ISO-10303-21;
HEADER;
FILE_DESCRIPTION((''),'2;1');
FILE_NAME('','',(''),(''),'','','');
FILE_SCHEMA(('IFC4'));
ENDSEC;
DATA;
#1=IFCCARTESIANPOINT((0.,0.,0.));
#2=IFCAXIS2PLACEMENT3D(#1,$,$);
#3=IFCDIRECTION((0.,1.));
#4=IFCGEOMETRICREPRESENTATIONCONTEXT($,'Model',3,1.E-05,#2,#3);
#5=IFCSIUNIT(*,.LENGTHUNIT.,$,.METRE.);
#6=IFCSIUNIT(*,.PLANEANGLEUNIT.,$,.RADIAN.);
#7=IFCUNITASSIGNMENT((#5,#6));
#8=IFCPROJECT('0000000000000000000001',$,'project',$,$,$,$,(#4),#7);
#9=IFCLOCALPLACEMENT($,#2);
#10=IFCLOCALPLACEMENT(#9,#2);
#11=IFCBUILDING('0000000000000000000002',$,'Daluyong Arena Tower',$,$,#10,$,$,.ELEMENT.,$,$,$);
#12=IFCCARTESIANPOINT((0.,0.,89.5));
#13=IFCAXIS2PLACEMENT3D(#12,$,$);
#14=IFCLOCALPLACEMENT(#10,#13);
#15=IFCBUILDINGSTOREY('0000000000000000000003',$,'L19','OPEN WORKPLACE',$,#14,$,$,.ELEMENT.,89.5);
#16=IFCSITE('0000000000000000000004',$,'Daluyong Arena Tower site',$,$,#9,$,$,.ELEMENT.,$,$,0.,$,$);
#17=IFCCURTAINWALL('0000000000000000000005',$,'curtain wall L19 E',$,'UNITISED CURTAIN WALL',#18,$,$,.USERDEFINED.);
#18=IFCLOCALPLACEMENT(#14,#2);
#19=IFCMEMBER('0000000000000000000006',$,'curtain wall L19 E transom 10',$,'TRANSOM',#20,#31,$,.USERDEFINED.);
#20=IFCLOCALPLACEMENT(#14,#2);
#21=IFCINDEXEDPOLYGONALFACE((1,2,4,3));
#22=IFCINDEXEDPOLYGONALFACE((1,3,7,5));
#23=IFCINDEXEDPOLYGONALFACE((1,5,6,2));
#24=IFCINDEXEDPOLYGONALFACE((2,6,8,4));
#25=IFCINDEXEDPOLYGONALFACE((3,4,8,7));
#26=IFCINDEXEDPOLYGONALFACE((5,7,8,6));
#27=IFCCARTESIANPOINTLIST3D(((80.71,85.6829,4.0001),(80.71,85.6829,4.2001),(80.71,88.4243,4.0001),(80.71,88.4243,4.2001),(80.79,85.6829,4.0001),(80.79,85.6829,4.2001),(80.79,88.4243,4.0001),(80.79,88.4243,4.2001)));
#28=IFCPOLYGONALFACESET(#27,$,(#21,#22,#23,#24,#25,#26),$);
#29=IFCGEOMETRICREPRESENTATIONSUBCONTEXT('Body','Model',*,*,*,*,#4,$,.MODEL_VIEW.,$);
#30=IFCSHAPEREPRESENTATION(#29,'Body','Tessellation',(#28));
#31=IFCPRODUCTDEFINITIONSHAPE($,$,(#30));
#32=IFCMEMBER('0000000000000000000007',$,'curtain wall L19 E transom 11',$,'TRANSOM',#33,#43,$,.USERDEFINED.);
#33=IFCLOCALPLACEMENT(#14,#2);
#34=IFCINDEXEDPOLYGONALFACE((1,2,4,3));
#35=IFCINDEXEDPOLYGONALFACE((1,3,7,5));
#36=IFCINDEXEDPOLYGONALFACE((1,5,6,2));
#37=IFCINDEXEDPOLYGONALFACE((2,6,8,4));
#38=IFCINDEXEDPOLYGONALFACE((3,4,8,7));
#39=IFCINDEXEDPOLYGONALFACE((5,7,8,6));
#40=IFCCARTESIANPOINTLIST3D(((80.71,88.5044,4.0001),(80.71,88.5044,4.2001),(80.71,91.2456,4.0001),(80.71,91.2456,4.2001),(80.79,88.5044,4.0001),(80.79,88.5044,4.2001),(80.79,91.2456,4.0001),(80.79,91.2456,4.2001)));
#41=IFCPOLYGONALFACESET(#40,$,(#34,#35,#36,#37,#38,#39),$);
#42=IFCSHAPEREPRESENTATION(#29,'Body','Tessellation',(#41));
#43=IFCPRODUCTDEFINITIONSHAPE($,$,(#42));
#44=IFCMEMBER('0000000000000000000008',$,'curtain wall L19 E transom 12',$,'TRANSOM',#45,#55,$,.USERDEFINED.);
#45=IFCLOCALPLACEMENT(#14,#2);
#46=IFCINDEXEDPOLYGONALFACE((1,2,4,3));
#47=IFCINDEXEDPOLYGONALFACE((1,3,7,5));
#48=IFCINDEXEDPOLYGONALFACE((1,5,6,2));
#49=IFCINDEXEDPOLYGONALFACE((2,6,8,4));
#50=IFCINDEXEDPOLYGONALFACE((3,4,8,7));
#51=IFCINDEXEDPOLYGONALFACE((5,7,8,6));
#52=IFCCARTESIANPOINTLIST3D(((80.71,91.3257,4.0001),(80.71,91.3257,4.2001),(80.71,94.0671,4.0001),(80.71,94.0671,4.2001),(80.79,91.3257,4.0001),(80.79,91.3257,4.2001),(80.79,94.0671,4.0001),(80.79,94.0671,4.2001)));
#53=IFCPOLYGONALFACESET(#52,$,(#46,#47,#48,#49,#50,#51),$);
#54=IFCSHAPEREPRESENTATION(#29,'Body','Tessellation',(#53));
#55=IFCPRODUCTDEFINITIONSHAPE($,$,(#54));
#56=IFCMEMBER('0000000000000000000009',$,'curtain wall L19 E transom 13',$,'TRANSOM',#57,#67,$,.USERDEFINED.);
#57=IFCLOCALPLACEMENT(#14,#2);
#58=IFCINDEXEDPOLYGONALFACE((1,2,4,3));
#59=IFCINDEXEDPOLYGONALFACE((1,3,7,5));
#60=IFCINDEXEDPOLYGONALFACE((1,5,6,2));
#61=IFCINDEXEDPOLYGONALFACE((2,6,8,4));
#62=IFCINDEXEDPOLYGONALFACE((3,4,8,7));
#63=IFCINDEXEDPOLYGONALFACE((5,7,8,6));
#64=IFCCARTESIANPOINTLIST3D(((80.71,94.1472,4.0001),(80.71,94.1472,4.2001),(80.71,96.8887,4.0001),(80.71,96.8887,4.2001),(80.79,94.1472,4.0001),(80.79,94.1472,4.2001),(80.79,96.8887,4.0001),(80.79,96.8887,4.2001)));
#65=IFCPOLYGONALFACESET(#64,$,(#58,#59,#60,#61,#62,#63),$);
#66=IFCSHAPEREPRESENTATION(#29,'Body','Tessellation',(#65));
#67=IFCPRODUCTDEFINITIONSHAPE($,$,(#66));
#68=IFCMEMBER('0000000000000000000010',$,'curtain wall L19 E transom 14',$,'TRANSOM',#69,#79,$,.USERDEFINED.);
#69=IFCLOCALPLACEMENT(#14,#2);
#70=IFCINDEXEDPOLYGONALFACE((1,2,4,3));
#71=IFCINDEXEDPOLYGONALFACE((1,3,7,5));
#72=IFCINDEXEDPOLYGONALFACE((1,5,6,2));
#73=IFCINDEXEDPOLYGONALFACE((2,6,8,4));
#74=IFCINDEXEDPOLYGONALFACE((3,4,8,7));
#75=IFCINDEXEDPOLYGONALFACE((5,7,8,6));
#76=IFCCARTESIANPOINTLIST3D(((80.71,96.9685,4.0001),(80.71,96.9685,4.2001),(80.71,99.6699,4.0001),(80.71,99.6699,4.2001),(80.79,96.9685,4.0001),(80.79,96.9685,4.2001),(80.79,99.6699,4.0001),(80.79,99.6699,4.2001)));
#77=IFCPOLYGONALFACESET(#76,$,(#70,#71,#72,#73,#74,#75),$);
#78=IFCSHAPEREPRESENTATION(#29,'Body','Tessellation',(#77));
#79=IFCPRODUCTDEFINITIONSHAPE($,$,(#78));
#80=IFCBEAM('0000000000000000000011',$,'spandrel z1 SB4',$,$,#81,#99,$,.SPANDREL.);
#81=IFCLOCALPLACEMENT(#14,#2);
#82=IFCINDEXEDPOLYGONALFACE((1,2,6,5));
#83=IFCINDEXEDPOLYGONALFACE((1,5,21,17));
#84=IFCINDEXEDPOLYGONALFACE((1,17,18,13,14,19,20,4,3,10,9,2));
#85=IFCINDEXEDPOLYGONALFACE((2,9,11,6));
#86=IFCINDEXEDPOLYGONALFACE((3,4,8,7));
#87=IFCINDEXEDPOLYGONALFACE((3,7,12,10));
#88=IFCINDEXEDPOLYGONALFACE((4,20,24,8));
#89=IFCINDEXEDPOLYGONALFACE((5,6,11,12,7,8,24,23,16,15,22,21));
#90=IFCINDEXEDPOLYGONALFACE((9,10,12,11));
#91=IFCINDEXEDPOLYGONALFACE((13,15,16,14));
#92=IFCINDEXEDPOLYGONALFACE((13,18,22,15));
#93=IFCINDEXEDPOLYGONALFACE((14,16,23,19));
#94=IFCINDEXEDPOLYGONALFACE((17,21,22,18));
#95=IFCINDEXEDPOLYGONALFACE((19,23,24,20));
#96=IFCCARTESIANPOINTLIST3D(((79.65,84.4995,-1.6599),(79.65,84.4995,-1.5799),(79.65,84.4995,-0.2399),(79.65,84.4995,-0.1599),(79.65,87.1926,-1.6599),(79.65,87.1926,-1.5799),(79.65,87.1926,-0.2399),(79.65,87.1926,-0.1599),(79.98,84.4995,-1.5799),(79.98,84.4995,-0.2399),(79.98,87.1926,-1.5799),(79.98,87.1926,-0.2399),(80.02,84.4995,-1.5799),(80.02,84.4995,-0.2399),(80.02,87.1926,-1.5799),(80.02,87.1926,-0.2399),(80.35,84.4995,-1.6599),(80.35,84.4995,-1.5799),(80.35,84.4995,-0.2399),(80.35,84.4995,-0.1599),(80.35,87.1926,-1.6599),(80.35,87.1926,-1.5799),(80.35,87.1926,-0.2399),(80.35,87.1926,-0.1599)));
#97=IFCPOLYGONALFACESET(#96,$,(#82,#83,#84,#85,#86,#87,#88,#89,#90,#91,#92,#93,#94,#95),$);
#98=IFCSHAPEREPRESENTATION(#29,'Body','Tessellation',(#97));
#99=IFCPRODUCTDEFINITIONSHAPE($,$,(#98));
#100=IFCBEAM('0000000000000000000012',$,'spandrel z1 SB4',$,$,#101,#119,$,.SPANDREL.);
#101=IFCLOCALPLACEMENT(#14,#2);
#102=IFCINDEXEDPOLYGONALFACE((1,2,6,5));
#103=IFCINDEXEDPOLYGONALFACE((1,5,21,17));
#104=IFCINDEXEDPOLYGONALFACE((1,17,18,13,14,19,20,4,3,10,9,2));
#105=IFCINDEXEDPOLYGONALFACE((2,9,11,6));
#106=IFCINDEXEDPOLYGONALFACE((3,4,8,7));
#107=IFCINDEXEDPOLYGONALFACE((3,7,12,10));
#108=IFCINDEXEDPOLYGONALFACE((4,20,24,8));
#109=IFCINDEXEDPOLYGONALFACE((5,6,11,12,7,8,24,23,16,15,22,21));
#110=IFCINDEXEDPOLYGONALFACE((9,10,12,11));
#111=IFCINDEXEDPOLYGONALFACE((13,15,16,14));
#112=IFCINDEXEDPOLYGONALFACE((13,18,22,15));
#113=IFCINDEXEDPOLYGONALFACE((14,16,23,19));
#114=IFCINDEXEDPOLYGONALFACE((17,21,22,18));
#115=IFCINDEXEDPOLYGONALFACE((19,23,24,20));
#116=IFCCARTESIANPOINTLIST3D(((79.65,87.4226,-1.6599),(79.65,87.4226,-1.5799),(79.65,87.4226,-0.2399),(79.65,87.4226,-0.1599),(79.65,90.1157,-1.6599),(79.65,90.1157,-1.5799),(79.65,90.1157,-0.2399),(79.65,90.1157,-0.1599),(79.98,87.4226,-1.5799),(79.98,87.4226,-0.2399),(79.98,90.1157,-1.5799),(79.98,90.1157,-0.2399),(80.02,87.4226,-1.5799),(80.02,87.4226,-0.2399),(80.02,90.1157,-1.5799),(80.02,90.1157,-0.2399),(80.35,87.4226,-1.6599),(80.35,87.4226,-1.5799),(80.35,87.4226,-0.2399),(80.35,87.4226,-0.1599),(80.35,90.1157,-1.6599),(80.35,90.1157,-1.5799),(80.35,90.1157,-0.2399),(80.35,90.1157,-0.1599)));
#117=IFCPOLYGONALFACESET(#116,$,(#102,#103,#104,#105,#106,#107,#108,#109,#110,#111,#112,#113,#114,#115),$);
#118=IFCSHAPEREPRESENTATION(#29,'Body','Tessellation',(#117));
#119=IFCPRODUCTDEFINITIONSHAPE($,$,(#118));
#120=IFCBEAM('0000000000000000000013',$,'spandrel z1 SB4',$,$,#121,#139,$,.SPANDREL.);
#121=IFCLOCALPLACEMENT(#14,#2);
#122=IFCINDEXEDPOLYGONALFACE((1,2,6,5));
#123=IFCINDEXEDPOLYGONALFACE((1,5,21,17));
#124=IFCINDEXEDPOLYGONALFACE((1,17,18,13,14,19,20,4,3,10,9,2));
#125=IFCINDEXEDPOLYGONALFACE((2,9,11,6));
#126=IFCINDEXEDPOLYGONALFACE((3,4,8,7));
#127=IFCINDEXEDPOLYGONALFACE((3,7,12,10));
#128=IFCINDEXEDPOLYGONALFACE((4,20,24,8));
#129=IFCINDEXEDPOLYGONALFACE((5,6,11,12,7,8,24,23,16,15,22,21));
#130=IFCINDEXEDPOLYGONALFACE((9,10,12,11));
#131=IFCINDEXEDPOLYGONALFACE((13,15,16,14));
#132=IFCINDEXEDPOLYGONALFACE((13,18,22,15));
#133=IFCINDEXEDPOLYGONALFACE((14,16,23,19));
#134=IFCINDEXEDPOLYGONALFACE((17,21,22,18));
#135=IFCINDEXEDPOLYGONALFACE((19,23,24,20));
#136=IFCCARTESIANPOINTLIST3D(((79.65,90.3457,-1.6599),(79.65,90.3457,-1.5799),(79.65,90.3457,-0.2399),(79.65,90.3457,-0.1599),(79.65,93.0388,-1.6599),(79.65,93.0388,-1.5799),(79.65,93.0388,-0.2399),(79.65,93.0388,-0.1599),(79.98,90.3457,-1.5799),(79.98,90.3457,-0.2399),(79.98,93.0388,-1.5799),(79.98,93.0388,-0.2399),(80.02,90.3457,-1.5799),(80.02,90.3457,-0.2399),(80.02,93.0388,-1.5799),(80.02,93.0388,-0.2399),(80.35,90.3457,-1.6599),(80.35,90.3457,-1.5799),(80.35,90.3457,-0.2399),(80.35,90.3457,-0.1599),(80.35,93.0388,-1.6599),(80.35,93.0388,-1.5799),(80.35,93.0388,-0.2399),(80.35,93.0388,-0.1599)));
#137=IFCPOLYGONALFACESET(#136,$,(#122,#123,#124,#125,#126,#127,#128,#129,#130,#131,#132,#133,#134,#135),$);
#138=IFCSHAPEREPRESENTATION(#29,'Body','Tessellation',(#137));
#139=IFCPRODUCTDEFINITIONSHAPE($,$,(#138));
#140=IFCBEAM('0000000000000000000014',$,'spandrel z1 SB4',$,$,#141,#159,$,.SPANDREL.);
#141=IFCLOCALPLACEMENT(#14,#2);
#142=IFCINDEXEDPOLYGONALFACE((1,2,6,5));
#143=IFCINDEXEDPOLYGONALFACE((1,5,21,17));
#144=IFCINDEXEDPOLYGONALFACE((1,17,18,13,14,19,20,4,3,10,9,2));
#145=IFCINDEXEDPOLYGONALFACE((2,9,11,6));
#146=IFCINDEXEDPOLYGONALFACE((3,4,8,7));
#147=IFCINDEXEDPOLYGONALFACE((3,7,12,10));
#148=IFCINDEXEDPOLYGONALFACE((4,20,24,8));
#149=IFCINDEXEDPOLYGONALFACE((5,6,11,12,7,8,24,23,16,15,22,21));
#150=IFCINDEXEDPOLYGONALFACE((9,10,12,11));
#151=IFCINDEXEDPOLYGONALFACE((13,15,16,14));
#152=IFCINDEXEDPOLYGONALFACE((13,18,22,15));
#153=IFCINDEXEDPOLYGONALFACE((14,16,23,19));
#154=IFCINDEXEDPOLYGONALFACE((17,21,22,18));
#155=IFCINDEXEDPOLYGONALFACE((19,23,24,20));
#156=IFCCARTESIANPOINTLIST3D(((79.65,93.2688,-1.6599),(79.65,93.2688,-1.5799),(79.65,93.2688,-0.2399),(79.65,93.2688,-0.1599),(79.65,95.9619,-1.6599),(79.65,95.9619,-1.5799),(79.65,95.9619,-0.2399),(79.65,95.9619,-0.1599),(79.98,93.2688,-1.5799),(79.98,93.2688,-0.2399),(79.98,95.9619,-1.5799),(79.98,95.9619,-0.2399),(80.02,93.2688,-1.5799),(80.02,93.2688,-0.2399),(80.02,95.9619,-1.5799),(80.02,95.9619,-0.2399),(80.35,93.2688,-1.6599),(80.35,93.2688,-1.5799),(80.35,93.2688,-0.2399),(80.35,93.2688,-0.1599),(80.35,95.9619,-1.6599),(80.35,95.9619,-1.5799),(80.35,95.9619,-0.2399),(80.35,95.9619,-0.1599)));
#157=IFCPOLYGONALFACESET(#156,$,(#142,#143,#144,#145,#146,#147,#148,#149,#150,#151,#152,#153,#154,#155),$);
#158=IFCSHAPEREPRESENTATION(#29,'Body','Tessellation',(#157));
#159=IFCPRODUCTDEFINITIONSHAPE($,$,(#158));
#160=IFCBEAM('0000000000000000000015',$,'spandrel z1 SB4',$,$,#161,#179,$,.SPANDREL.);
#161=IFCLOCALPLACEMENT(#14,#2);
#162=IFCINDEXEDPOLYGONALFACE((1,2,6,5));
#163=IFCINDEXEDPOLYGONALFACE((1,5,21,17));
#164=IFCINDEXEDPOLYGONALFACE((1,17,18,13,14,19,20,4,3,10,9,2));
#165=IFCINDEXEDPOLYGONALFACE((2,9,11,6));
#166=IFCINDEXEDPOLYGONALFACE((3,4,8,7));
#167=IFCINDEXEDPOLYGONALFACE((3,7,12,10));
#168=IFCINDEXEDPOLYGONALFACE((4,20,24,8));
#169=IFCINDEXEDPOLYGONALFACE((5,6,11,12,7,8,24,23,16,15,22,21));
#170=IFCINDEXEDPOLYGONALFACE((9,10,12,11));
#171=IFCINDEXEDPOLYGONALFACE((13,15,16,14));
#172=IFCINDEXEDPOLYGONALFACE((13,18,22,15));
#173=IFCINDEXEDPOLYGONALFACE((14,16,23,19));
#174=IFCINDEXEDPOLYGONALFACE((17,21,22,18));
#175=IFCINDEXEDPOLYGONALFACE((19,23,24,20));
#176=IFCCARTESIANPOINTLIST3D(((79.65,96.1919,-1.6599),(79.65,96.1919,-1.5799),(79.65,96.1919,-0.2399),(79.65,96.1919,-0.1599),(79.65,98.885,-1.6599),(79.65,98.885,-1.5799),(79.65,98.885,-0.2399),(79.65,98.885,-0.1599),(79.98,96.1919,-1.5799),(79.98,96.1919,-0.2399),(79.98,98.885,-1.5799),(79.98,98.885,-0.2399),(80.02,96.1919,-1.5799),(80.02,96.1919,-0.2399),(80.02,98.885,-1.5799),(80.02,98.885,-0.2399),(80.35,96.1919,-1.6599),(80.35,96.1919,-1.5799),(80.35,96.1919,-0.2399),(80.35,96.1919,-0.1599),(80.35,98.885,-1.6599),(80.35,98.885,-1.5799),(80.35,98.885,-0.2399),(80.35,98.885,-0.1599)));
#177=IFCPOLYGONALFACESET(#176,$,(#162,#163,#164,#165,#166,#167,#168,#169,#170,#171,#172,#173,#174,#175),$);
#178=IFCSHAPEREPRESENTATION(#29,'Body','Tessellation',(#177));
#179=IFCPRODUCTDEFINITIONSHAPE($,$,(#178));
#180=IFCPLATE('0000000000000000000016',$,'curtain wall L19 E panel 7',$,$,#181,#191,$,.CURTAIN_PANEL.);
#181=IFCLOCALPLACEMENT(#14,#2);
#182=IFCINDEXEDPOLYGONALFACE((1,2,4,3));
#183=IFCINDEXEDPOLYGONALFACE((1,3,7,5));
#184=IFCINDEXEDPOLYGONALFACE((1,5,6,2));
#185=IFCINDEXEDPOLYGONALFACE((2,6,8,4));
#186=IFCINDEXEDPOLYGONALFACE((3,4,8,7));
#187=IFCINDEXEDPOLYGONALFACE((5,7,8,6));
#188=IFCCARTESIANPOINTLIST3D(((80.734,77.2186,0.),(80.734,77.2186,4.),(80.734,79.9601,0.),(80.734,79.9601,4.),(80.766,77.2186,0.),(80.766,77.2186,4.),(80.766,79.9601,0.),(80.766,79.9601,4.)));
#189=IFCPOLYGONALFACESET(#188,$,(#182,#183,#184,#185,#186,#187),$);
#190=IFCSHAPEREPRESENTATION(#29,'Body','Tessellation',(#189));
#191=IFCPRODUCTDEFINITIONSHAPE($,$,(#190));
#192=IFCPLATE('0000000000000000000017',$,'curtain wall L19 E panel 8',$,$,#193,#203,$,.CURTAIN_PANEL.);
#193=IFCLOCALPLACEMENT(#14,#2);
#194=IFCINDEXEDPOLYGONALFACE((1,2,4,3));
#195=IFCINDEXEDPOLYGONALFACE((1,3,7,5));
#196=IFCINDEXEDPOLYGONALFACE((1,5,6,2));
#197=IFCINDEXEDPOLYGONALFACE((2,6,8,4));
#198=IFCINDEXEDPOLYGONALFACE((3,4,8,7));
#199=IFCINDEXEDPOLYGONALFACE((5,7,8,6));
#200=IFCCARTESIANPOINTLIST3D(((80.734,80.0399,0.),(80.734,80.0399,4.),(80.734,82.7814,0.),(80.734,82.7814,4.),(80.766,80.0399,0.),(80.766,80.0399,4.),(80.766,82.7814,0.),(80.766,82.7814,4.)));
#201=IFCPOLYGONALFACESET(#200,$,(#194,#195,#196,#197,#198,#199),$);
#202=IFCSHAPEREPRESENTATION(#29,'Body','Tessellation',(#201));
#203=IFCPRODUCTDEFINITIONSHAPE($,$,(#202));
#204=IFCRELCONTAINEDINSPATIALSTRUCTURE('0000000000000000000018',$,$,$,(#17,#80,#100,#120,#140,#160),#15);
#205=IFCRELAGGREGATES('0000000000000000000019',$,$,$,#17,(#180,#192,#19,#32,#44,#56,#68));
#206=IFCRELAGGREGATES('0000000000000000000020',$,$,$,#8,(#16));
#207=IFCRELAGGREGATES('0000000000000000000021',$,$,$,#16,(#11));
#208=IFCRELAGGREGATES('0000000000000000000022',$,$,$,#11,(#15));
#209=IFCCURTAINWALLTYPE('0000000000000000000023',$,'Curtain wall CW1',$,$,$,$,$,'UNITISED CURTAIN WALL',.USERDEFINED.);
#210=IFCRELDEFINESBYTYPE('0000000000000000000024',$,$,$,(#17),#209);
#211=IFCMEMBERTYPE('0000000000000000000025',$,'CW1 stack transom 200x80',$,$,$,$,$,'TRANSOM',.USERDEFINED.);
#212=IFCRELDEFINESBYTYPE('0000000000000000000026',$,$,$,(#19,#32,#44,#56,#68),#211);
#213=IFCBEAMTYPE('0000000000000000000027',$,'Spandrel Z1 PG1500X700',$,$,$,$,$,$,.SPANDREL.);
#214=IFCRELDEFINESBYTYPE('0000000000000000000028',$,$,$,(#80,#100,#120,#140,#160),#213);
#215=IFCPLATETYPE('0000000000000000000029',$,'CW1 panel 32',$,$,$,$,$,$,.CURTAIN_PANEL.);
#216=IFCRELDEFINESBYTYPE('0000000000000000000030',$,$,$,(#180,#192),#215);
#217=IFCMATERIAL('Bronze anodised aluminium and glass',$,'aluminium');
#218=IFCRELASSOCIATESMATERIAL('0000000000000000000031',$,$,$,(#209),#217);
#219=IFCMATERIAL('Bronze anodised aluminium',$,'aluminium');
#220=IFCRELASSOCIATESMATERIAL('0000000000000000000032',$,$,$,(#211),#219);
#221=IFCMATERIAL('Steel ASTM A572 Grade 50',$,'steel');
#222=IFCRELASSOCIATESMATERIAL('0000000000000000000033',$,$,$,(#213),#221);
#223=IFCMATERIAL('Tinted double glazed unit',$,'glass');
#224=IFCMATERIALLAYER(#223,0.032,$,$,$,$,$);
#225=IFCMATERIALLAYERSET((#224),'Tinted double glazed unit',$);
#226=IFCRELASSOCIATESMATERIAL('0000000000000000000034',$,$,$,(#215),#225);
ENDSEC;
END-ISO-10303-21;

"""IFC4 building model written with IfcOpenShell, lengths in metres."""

from ifc_helpers import new_model, si_unit, direction, frame, origin, origin_2d, place, context, subcontext, project, spatial, rectangle, i_section, extrude, material, layer, layer_set, material_profile, profile_set, type_object, element, aggregate, save


model = new_model("IFC4")

# Units and contexts
model_context = context("Model", 3, precision=1e-05, world=origin(), true_north=direction((0.0, 1.0)))
body_context = subcontext(model_context, "Body", "Model", "MODEL_VIEW")
ifc_project = project(units=[si_unit("LENGTHUNIT", "METRE"), si_unit("PLANEANGLEUNIT", "RADIAN")], contexts=[model_context])

# Site, building, storey
site_placement = place(None, origin())
site = spatial("IfcSite", under=ifc_project, at=site_placement, Name="Daluyong Arena Tower site", CompositionType="ELEMENT", RefElevation=0.0)
building_placement = place(site_placement, origin())
building = spatial("IfcBuilding", under=site, at=building_placement, Name="Daluyong Arena Tower", CompositionType="ELEMENT")
storey_placement = place(building_placement, frame((0.0, 0.0, 89.5)))
storey = spatial("IfcBuildingStorey", under=building, at=storey_placement, Name="L19", Description="OPEN WORKPLACE", CompositionType="ELEMENT", Elevation=89.5)

# Curtain wall, members
ifc_material_1 = material(Name="Bronze anodised aluminium and glass", Category="aluminium")
curtain_wall_type = type_object("IfcCurtainWallType", Name="Curtain wall CW1", ElementType="UNITISED CURTAIN WALL", PredefinedType="USERDEFINED", material=ifc_material_1)
curtain_wall_placement = place(storey_placement, origin())
curtain_wall = element("IfcCurtainWall", 1, at=curtain_wall_placement, inside=storey, type_object=curtain_wall_type, Name="curtain wall L19 E", ObjectType="UNITISED CURTAIN WALL", PredefinedType="USERDEFINED")
ifc_material_2 = material(Name="Bronze anodised aluminium", Category="aluminium")
ifc_material_profile_1 = material_profile(ifc_material_2, rectangle(XDim=0.0801, YDim=0.2, at=origin_2d()))
ifc_profile_set_1 = profile_set([ifc_material_profile_1], Name="Bronze anodised aluminium")
member_type_1 = type_object("IfcMemberType", Name="CW1 stack transom 200x80", ElementType="TRANSOM", PredefinedType="USERDEFINED", material=ifc_profile_set_1)
member_1_placement = place(storey_placement, frame((80.75, 85.6829, 4.1001), z_axis=(0.0, 1.0, 0.0), x_axis=(-1.0, 0.0, 0.0)))
member_1 = element("IfcMember", 2, at=member_1_placement, type_object=member_type_1, Name="curtain wall L19 E transom 10", ObjectType="TRANSOM", PredefinedType="USERDEFINED", context=body_context, shape_type="SweptSolid", body=[
    extrude(rectangle(XDim=0.0801, YDim=0.2, at=origin_2d()), origin(), (0.0, 0.0, 1.0), 2.7415),
])
member_2_placement = place(storey_placement, frame((80.75, 88.5044, 4.1001), z_axis=(0.0, 1.0, 0.0), x_axis=(-1.0, 0.0, 0.0)))
member_2 = element("IfcMember", 3, at=member_2_placement, type_object=member_type_1, Name="curtain wall L19 E transom 11", ObjectType="TRANSOM", PredefinedType="USERDEFINED", context=body_context, shape_type="SweptSolid", body=[
    extrude(rectangle(XDim=0.0801, YDim=0.2, at=origin_2d()), origin(), (0.0, 0.0, 1.0), 2.7412),
])
member_3_placement = place(storey_placement, frame((80.75, 91.3257, 4.1001), z_axis=(0.0, 1.0, 0.0), x_axis=(-1.0, 0.0, 0.0)))
member_3 = element("IfcMember", 4, at=member_3_placement, type_object=member_type_1, Name="curtain wall L19 E transom 12", ObjectType="TRANSOM", PredefinedType="USERDEFINED", context=body_context, shape_type="SweptSolid", body=[
    extrude(rectangle(XDim=0.0801, YDim=0.2, at=origin_2d()), origin(), (0.0, 0.0, 1.0), 2.7415),
])
member_4_placement = place(storey_placement, frame((80.75, 94.1472, 4.1001), z_axis=(0.0, 1.0, 0.0), x_axis=(-1.0, 0.0, 0.0)))
member_4 = element("IfcMember", 5, at=member_4_placement, type_object=member_type_1, Name="curtain wall L19 E transom 13", ObjectType="TRANSOM", PredefinedType="USERDEFINED", context=body_context, shape_type="SweptSolid", body=[
    extrude(rectangle(XDim=0.0801, YDim=0.2, at=origin_2d()), origin(), (0.0, 0.0, 1.0), 2.7415),
])
member_5_placement = place(storey_placement, frame((80.75, 96.9685, 4.1001), z_axis=(0.0, 1.0, 0.0), x_axis=(-1.0, 0.0, 0.0)))
member_5 = element("IfcMember", 6, at=member_5_placement, type_object=member_type_1, Name="curtain wall L19 E transom 14", ObjectType="TRANSOM", PredefinedType="USERDEFINED", context=body_context, shape_type="SweptSolid", body=[
    extrude(rectangle(XDim=0.0801, YDim=0.2, at=origin_2d()), origin(), (0.0, 0.0, 1.0), 2.7014),
])

# Beams
ifc_material_3 = material(Name="Steel ASTM A572 Grade 50", Category="steel")
ifc_material_profile_2 = material_profile(ifc_material_3, i_section(OverallWidth=0.7, OverallDepth=1.5, WebThickness=0.04, FlangeThickness=0.08, at=origin_2d()))
ifc_profile_set_2 = profile_set([ifc_material_profile_2], Name="Steel ASTM A572 Grade 50")
beam_type = type_object("IfcBeamType", Name="Spandrel Z1 PG1500X700", PredefinedType="SPANDREL", material=ifc_profile_set_2)
for number, where, z_axis, x_axis, name in (
    (7, (80.0, 84.4995, -0.9099), (0.0, 1.0, 0.0), (-1.0, 0.0, 0.0), "spandrel z1 SB4"),
    (8, (80.0, 87.4226, -0.9099), (0.0, 1.0, 0.0), (-1.0, 0.0, 0.0), "spandrel z1 SB4"),
    (9, (80.0, 90.3457, -0.9099), (0.0, 1.0, 0.0), (-1.0, 0.0, 0.0), "spandrel z1 SB4"),
    (10, (80.0, 93.2688, -0.9099), (0.0, 1.0, 0.0), (-1.0, 0.0, 0.0), "spandrel z1 SB4"),
    (11, (80.0, 96.1919, -0.9099), (0.0, 1.0, 0.0), (-1.0, 0.0, 0.0), "spandrel z1 SB4"),
):
    element("IfcBeam", number, at=place(storey_placement, frame(where, z_axis=z_axis, x_axis=x_axis)), inside=storey, type_object=beam_type, Name=name, PredefinedType="SPANDREL", context=body_context, shape_type="SweptSolid", body=[
        extrude(i_section(OverallWidth=0.7, OverallDepth=1.5, WebThickness=0.04, FlangeThickness=0.08, at=origin_2d()), origin(), (0.0, 0.0, 1.0), 2.6931),
    ])

# Plates
ifc_material_4 = material(Name="Tinted double glazed unit", Category="glass")
ifc_layer = layer(ifc_material_4, 0.032)
ifc_layer_set = layer_set([ifc_layer], Name="Tinted double glazed unit")
plate_type = type_object("IfcPlateType", Name="CW1 panel 32", PredefinedType="CURTAIN_PANEL", material=ifc_layer_set)
plate_1_placement = place(storey_placement, frame((80.75, 78.5894, 0.0), z_axis=(0.0, 0.0, 1.0), x_axis=(0.0, 1.0, 0.0)))
plate_1 = element("IfcPlate", 12, at=plate_1_placement, type_object=plate_type, Name="curtain wall L19 E panel 7", PredefinedType="CURTAIN_PANEL", context=body_context, shape_type="SweptSolid", body=[
    extrude(rectangle(XDim=2.7415, YDim=0.032, at=origin_2d()), origin(), (0.0, 0.0, 1.0), 4.0),
])
plate_2_placement = place(storey_placement, frame((80.75, 81.4106, 0.0), z_axis=(0.0, 0.0, 1.0), x_axis=(0.0, 1.0, 0.0)))
plate_2 = element("IfcPlate", 13, at=plate_2_placement, type_object=plate_type, Name="curtain wall L19 E panel 8", PredefinedType="CURTAIN_PANEL", context=body_context, shape_type="SweptSolid", body=[
    extrude(rectangle(XDim=2.7415, YDim=0.032, at=origin_2d()), origin(), (0.0, 0.0, 1.0), 4.0),
])
aggregate(curtain_wall, [plate_1, plate_2, member_1, member_2, member_3, member_4, member_5])

save(model, "model.ifc")
